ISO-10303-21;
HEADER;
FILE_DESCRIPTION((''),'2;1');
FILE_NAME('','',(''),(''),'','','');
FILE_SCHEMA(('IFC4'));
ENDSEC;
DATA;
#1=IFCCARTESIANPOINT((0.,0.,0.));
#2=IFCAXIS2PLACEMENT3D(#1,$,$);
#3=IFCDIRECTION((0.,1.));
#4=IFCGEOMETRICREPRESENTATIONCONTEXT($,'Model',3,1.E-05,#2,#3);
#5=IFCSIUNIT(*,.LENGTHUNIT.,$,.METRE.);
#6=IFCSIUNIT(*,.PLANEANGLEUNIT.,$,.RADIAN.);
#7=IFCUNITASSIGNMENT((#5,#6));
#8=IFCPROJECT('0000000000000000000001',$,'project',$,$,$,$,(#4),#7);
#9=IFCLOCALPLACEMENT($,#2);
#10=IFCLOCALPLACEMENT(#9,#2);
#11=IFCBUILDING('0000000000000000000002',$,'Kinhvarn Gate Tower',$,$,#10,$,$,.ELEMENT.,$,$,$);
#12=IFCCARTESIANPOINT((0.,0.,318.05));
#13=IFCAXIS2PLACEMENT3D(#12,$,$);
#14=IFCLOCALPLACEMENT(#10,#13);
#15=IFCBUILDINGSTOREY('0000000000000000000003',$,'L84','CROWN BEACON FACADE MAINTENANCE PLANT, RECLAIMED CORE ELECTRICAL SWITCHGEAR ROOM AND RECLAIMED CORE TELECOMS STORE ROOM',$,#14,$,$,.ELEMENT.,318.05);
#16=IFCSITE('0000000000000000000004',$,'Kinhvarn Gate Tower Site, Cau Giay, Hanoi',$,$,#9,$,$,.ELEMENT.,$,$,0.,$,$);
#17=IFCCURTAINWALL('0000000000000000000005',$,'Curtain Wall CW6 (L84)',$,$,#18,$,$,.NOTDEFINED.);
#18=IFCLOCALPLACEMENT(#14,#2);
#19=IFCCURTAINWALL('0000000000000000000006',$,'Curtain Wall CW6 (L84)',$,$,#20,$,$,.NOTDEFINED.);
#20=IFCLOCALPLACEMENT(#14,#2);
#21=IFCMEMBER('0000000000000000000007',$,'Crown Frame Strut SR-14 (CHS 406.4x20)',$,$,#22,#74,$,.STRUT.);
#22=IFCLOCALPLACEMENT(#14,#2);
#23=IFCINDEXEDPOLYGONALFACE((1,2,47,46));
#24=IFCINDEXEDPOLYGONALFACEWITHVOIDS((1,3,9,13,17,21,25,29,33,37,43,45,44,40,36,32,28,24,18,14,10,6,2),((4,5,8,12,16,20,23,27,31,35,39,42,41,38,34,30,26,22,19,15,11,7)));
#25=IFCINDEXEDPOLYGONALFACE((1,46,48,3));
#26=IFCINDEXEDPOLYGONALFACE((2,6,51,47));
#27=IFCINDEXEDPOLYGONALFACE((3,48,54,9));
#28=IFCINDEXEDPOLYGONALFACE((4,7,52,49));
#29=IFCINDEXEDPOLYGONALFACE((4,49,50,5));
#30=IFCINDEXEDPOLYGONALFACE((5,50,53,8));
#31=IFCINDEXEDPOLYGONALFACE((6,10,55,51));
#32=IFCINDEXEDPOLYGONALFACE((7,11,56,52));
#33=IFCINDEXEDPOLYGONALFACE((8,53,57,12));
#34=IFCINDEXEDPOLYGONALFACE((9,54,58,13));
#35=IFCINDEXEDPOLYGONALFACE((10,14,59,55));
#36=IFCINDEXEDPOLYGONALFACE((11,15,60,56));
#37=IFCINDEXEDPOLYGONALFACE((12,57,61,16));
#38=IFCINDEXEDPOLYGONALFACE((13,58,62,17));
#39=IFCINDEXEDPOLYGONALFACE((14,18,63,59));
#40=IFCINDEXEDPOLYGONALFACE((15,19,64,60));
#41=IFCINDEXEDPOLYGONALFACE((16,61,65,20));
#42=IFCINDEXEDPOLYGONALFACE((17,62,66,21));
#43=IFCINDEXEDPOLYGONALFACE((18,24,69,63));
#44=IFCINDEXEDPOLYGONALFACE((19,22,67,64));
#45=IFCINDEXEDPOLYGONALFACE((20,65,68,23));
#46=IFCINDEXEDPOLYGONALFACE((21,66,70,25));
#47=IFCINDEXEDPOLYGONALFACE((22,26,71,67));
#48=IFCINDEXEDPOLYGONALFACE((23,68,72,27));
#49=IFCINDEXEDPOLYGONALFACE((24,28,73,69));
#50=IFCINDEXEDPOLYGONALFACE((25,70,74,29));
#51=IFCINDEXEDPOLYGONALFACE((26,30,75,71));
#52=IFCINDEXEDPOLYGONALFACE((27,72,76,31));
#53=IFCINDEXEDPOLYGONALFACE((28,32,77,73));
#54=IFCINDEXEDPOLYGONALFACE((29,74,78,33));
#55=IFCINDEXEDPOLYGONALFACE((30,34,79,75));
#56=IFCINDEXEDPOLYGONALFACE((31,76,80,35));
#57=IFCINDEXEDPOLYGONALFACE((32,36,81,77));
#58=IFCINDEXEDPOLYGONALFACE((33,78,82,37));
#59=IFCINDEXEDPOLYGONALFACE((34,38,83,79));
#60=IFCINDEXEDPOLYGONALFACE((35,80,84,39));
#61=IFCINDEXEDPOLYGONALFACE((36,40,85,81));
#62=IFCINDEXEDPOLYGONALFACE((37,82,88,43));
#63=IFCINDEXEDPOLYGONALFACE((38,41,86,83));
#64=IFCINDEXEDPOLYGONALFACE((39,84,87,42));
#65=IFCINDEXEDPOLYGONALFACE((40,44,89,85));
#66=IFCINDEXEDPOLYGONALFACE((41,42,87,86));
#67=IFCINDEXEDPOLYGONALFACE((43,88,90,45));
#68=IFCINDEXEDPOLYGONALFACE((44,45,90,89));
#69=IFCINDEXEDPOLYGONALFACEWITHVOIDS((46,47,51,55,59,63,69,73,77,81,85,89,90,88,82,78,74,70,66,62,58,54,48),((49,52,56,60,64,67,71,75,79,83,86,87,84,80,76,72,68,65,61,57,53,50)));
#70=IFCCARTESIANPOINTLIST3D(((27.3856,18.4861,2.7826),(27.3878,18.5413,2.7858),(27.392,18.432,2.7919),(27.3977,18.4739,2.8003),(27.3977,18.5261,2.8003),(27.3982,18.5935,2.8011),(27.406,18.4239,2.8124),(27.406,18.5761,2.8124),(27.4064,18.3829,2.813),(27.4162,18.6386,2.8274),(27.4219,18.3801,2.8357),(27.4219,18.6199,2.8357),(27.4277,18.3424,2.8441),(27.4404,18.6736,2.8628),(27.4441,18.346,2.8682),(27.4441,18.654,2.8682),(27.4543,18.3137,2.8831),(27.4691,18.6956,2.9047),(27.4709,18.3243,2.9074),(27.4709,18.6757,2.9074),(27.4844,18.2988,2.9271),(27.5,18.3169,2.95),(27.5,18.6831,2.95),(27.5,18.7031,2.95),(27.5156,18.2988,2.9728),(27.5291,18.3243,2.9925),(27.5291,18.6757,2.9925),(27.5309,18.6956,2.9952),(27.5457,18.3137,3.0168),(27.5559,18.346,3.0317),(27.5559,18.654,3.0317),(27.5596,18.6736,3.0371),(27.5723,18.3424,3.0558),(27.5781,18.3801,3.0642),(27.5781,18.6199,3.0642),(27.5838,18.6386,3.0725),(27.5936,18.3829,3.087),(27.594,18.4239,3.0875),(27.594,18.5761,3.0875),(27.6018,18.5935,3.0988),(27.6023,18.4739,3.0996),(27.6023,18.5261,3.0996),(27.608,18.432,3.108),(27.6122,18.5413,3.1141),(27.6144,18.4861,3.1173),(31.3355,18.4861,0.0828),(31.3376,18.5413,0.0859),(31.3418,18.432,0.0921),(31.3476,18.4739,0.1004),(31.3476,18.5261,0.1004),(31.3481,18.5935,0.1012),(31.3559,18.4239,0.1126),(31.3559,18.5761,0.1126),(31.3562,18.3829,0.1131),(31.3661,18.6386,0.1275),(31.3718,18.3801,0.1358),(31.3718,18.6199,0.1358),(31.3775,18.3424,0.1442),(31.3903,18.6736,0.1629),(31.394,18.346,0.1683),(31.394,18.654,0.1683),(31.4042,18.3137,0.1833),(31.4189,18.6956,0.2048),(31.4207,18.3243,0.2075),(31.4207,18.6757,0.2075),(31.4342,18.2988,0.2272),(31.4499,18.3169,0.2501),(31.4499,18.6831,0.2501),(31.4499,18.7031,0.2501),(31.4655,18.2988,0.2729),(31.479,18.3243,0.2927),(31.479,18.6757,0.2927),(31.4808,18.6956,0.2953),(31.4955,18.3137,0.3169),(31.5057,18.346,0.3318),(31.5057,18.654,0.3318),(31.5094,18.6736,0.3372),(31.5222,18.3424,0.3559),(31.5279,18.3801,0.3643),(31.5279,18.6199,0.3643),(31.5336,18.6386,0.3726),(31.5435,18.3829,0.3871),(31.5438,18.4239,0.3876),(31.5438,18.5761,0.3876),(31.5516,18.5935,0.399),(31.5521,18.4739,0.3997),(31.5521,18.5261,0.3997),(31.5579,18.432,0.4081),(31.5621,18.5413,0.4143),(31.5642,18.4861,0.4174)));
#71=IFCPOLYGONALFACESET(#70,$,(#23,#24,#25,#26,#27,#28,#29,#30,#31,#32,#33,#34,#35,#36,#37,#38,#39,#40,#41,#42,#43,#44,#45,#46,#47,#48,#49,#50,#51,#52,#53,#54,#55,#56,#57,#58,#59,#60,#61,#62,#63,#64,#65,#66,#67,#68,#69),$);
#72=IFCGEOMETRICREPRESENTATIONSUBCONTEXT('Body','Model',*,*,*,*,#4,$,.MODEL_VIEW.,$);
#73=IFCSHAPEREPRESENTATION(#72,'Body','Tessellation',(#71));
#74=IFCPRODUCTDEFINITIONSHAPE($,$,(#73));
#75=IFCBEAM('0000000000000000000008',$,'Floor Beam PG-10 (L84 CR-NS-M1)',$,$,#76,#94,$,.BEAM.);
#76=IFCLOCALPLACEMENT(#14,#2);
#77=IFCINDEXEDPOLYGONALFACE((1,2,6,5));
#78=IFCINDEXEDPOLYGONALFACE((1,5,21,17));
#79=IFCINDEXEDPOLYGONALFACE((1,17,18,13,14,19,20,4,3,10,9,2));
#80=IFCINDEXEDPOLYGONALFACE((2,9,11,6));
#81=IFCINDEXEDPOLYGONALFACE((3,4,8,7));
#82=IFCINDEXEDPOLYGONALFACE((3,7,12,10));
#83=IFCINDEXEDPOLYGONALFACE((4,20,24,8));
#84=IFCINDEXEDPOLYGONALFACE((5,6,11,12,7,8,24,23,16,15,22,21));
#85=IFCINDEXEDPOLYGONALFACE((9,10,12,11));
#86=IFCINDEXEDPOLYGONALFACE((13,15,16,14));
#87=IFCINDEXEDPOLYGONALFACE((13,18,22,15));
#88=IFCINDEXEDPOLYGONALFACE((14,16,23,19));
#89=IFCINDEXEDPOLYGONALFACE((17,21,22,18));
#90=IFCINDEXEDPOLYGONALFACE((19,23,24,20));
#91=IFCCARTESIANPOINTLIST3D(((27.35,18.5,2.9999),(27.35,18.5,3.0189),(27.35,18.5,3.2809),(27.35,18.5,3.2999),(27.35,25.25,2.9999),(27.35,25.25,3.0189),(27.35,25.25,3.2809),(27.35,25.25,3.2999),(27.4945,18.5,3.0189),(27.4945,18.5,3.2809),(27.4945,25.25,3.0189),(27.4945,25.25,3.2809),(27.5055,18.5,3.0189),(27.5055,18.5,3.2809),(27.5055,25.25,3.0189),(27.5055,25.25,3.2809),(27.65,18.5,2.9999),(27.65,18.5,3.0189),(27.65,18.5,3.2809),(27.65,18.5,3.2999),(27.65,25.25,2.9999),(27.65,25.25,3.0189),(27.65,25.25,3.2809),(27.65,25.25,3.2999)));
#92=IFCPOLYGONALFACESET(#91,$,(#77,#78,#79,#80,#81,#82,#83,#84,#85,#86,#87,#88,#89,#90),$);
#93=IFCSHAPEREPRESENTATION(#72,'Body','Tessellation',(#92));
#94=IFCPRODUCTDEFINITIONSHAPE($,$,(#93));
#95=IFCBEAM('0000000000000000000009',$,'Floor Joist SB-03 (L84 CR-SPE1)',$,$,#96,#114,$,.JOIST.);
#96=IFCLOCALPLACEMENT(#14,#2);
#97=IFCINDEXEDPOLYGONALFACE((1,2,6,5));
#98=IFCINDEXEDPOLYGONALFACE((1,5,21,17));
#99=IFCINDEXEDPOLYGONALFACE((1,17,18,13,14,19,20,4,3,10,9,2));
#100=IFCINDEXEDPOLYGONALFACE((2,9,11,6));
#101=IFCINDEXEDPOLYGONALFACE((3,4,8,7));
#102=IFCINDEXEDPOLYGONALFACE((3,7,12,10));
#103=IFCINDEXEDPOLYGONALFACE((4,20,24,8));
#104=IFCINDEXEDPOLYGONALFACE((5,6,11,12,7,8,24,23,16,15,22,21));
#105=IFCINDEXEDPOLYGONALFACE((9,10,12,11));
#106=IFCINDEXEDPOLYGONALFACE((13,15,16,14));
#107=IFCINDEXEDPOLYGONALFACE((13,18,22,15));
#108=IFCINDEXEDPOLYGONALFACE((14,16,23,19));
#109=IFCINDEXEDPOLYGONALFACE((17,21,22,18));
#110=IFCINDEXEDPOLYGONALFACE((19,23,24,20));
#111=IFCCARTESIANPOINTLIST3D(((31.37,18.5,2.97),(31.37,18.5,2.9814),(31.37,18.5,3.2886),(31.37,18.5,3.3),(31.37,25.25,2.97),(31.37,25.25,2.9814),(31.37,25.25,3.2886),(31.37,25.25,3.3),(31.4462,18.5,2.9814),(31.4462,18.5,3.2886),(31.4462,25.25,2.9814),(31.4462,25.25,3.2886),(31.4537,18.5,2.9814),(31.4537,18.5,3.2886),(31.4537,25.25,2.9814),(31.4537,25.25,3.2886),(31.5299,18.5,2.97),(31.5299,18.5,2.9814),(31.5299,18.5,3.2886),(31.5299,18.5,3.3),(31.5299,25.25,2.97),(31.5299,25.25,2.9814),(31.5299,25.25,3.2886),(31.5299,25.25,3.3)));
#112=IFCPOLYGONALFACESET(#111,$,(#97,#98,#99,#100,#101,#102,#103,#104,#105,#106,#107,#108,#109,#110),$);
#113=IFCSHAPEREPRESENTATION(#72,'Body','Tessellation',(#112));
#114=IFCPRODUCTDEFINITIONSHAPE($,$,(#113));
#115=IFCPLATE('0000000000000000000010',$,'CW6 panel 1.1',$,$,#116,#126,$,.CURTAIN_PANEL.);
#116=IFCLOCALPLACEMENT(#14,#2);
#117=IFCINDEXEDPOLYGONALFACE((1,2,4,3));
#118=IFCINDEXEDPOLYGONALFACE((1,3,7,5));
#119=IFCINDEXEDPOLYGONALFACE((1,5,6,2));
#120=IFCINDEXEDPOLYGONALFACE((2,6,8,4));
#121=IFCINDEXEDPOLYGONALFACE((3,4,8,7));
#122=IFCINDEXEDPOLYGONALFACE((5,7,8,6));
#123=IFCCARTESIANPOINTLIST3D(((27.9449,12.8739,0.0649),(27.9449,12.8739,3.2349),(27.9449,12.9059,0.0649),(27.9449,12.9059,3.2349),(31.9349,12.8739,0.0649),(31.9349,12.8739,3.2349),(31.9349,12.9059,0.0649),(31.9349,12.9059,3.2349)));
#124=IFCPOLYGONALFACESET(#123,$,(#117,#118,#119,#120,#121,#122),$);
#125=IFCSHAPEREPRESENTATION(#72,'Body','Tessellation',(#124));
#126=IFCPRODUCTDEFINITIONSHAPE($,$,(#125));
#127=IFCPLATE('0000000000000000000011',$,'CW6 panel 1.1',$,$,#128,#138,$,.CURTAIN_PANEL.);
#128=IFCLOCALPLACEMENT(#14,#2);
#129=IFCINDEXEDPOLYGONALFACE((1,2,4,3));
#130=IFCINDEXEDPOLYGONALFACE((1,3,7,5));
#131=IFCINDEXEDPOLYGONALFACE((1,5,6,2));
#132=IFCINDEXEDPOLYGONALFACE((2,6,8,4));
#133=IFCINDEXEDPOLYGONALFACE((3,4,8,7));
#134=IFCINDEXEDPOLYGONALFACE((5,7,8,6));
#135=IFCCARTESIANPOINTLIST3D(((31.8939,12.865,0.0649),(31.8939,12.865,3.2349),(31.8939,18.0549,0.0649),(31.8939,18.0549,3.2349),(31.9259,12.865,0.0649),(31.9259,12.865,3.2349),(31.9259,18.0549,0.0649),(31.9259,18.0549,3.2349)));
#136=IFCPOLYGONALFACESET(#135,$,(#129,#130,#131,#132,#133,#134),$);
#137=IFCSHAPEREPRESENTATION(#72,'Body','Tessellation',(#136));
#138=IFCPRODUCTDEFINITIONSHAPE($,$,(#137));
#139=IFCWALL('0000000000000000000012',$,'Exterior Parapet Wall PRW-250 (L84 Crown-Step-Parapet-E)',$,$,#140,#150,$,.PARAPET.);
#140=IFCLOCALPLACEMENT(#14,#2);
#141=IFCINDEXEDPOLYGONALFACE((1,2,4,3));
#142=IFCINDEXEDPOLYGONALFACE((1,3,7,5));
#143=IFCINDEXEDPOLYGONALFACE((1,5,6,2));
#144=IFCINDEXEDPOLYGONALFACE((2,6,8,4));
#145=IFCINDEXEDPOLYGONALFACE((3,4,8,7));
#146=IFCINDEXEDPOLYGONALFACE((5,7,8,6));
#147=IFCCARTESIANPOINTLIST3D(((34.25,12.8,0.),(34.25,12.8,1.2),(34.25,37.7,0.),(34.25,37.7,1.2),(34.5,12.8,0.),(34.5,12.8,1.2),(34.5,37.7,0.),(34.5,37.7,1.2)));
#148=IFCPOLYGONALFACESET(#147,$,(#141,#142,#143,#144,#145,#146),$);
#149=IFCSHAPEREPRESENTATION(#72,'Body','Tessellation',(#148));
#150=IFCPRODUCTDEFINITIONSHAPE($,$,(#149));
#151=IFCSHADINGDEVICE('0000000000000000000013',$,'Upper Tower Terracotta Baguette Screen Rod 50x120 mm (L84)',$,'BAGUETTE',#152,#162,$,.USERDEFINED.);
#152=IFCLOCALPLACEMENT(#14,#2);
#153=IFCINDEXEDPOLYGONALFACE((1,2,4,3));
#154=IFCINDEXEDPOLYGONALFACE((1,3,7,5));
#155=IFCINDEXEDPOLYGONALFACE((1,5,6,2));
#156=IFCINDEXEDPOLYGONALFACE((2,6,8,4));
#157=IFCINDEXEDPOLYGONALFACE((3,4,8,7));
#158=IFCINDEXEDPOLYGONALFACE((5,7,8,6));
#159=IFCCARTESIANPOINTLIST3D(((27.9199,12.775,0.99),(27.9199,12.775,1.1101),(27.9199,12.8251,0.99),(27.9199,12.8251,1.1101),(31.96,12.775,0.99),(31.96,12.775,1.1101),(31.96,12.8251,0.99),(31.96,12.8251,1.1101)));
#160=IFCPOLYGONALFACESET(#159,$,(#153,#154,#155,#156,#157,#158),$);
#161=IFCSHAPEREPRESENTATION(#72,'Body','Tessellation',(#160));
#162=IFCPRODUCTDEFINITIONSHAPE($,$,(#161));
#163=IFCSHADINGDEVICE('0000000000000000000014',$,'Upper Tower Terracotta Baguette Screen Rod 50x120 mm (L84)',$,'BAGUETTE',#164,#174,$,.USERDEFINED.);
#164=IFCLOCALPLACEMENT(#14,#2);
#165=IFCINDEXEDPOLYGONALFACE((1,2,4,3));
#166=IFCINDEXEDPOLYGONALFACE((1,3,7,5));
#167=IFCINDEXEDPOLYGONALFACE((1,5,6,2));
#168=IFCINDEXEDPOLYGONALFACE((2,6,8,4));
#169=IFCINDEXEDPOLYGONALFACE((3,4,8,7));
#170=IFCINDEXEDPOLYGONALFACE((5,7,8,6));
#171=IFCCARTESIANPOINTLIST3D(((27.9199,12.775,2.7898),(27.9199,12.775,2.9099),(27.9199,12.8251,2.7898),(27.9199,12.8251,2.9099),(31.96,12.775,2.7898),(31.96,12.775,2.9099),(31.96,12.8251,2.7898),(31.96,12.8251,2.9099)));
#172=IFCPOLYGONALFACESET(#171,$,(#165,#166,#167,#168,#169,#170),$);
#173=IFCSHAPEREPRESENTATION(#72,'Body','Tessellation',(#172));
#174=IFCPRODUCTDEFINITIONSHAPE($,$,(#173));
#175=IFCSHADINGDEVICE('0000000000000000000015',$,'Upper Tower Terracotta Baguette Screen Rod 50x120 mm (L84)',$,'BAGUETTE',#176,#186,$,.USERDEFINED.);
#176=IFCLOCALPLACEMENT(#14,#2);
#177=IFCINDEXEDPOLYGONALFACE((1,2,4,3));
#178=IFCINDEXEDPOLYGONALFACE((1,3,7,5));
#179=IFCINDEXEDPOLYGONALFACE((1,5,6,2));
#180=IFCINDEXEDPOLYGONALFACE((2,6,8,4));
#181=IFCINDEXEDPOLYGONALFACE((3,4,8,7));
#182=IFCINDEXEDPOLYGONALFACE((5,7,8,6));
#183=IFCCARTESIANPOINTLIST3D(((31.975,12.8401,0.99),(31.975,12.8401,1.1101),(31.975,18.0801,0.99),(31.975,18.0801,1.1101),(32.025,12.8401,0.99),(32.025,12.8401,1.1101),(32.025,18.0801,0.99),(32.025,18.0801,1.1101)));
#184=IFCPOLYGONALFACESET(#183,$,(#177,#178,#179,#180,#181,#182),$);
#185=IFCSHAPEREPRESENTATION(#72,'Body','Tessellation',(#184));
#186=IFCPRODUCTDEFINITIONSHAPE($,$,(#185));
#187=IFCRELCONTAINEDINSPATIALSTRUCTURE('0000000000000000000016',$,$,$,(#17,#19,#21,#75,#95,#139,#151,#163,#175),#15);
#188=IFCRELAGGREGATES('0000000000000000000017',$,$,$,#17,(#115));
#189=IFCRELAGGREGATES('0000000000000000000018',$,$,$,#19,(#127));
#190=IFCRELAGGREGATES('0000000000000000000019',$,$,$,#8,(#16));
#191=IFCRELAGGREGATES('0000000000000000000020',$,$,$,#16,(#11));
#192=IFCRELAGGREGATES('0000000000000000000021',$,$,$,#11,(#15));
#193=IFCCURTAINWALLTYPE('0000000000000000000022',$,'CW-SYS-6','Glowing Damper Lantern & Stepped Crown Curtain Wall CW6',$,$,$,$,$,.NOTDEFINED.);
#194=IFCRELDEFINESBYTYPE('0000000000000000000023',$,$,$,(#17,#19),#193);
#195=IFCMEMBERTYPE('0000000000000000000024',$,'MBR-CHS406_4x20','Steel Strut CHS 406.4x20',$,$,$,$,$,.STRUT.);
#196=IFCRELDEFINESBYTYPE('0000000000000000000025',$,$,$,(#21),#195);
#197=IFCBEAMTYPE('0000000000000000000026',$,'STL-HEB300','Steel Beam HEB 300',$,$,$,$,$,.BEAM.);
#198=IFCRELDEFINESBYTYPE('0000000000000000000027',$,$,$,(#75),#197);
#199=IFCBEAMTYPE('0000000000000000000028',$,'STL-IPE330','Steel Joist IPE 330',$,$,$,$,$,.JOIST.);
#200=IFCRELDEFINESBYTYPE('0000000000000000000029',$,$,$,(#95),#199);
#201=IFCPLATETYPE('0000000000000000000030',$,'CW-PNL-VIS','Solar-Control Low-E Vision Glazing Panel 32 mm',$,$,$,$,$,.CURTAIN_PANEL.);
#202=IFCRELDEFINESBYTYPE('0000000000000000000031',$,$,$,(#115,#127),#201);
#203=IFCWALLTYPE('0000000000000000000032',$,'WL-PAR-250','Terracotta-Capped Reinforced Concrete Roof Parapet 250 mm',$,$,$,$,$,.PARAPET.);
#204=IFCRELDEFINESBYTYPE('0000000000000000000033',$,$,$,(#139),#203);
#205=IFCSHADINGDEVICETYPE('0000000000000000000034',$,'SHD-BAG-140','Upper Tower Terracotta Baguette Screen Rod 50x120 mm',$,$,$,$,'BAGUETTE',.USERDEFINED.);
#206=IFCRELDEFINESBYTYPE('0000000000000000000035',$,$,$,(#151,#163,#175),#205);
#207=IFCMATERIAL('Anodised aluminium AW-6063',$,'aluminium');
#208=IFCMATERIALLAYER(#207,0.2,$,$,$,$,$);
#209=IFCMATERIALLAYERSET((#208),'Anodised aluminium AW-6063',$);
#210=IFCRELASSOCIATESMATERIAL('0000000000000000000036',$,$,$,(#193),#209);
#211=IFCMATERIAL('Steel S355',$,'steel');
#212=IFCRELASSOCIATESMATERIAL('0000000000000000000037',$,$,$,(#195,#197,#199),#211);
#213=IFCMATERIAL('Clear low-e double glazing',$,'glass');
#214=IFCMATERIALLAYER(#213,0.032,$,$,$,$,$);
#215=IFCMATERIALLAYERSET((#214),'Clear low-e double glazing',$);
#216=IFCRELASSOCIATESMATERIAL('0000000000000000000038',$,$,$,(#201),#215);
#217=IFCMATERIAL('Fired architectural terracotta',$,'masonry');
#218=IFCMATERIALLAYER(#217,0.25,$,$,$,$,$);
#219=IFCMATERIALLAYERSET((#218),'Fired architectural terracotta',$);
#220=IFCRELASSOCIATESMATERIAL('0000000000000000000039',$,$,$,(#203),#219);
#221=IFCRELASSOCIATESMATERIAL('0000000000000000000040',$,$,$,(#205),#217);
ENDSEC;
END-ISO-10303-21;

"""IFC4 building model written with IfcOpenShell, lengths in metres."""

from ifc_helpers import new_model, si_unit, direction, frame, frame_2d, origin, origin_2d, place, context, subcontext, project, spatial, rectangle, hollow_circle, i_section, extrude, material, layer, layer_set, material_profile, profile_set, type_object, element, aggregate, save


model = new_model("IFC4")

# Units and contexts
model_context = context("Model", 3, precision=1e-05, world=origin(), true_north=direction((0.0, 1.0)))
body_context = subcontext(model_context, "Body", "Model", "MODEL_VIEW")
ifc_project = project(units=[si_unit("LENGTHUNIT", "METRE"), si_unit("PLANEANGLEUNIT", "RADIAN")], contexts=[model_context])

# Site, building, storey
site_placement = place(None, origin())
site = spatial("IfcSite", under=ifc_project, at=site_placement, Name="Kinhvarn Gate Tower Site, Cau Giay, Hanoi", CompositionType="ELEMENT", RefElevation=0.0)
building_placement = place(site_placement, origin())
building = spatial("IfcBuilding", under=site, at=building_placement, Name="Kinhvarn Gate Tower", CompositionType="ELEMENT")
storey_placement = place(building_placement, frame((0.0, 0.0, 318.05)))
storey = spatial("IfcBuildingStorey", under=building, at=storey_placement, Name="L84", Description="CROWN BEACON FACADE MAINTENANCE PLANT, RECLAIMED CORE ELECTRICAL SWITCHGEAR ROOM AND RECLAIMED CORE TELECOMS STORE ROOM", CompositionType="ELEMENT", Elevation=318.05)

# Curtain walls
ifc_material_1 = material(Name="Anodised aluminium AW-6063", Category="aluminium")
ifc_layer_1 = layer(ifc_material_1, 0.2)
ifc_layer_set_1 = layer_set([ifc_layer_1], Name="Anodised aluminium AW-6063")
curtain_wall_type = type_object("IfcCurtainWallType", Name="CW-SYS-6", Description="Glowing Damper Lantern & Stepped Crown Curtain Wall CW6", PredefinedType="NOTDEFINED", material=ifc_layer_set_1)
curtain_wall_1_placement = place(storey_placement, origin())
curtain_wall_1 = element("IfcCurtainWall", 1, at=curtain_wall_1_placement, inside=storey, type_object=curtain_wall_type, Name="Curtain Wall CW6 (L84)", PredefinedType="NOTDEFINED")
curtain_wall_2_placement = place(storey_placement, origin())
curtain_wall_2 = element("IfcCurtainWall", 2, at=curtain_wall_2_placement, inside=storey, type_object=curtain_wall_type, Name="Curtain Wall CW6 (L84)", PredefinedType="NOTDEFINED")

# Member
ifc_material_2 = material(Name="Steel S355", Category="steel")
ifc_material_profile_1 = material_profile(ifc_material_2, hollow_circle(Radius=0.2031, WallThickness=0.02, at=origin_2d()), Name="CHS 406.4x20")
ifc_profile_set_1 = profile_set([ifc_material_profile_1], Name="Steel S355")
member_type_1 = type_object("IfcMemberType", Name="MBR-CHS406_4x20", Description="Steel Strut CHS 406.4x20", PredefinedType="STRUT", material=ifc_profile_set_1)
member_1_placement = place(storey_placement, frame((27.5, 18.5, 2.95), z_axis=(0.825565, 0.0, -0.564307), x_axis=(0.0, 1.0, 0.0)))
element("IfcMember", 3, at=member_1_placement, inside=storey, type_object=member_type_1, Name="Crown Frame Strut SR-14 (CHS 406.4x20)", PredefinedType="STRUT", context=body_context, shape_type="SweptSolid", body=[
    extrude(hollow_circle(Radius=0.2031, WallThickness=0.02, at=origin_2d()), origin(), (0.0, 0.0, 1.0), 4.7844),
])

# Beams
ifc_material_profile_2 = material_profile(ifc_material_2, i_section(OverallWidth=0.3, OverallDepth=0.3, WebThickness=0.011, FlangeThickness=0.019, at=origin_2d()), Name="HEB 300")
ifc_profile_set_2 = profile_set([ifc_material_profile_2], Name="Steel S355")
beam_type_1 = type_object("IfcBeamType", Name="STL-HEB300", Description="Steel Beam HEB 300", PredefinedType="BEAM", material=ifc_profile_set_2)
beam_1_placement = place(storey_placement, frame((27.5, 18.5, 3.1499), z_axis=(0.0, 1.0, 0.0), x_axis=(-1.0, 0.0, 0.0)))
element("IfcBeam", 4, at=beam_1_placement, inside=storey, type_object=beam_type_1, Name="Floor Beam PG-10 (L84 CR-NS-M1)", PredefinedType="BEAM", context=body_context, shape_type="SweptSolid", body=[
    extrude(i_section(OverallWidth=0.3, OverallDepth=0.3, WebThickness=0.011, FlangeThickness=0.019, at=origin_2d()), origin(), (0.0, 0.0, 1.0), 6.75),
])
ifc_material_profile_3 = material_profile(ifc_material_2, i_section(OverallWidth=0.1599, OverallDepth=0.3301, WebThickness=0.0076, FlangeThickness=0.0115, at=origin_2d()), Name="IPE 330")
ifc_profile_set_3 = profile_set([ifc_material_profile_3], Name="Steel S355")
beam_type_2 = type_object("IfcBeamType", Name="STL-IPE330", Description="Steel Joist IPE 330", PredefinedType="JOIST", material=ifc_profile_set_3)
beam_2_placement = place(storey_placement, frame((31.45, 18.5, 3.135), z_axis=(0.0, 1.0, 0.0), x_axis=(-1.0, 0.0, 0.0)))
element("IfcBeam", 5, at=beam_2_placement, inside=storey, type_object=beam_type_2, Name="Floor Joist SB-03 (L84 CR-SPE1)", PredefinedType="JOIST", context=body_context, shape_type="SweptSolid", body=[
    extrude(i_section(OverallWidth=0.1599, OverallDepth=0.3301, WebThickness=0.0076, FlangeThickness=0.0115, at=origin_2d()), origin(), (0.0, 0.0, 1.0), 6.75),
])

# Plates
ifc_material_3 = material(Name="Clear low-e double glazing", Category="glass")
ifc_layer_2 = layer(ifc_material_3, 0.032)
ifc_layer_set_2 = layer_set([ifc_layer_2], Name="Clear low-e double glazing")
plate_type = type_object("IfcPlateType", Name="CW-PNL-VIS", Description="Solar-Control Low-E Vision Glazing Panel 32 mm", PredefinedType="CURTAIN_PANEL", material=ifc_layer_set_2)
plate_1_placement = place(storey_placement, frame((29.9399, 12.8899, 0.0649), z_axis=(0.0, 0.0, 1.0), x_axis=(1.0, 0.0, 0.0)))
plate_1 = element("IfcPlate", 6, at=plate_1_placement, type_object=plate_type, Name="CW6 panel 1.1", PredefinedType="CURTAIN_PANEL", context=body_context, shape_type="SweptSolid", body=[
    extrude(rectangle(XDim=3.99, YDim=0.032, at=origin_2d()), origin(), (0.0, 0.0, 1.0), 3.1699),
])
aggregate(curtain_wall_1, [plate_1])
plate_2_placement = place(storey_placement, frame((31.9099, 15.46, 0.0649), z_axis=(0.0, 0.0, 1.0), x_axis=(0.0, 1.0, 0.0)))
plate_2 = element("IfcPlate", 7, at=plate_2_placement, type_object=plate_type, Name="CW6 panel 1.1", PredefinedType="CURTAIN_PANEL", context=body_context, shape_type="SweptSolid", body=[
    extrude(rectangle(XDim=5.1899, YDim=0.032, at=origin_2d()), origin(), (0.0, 0.0, 1.0), 3.1699),
])
aggregate(curtain_wall_2, [plate_2])

# Wall
ifc_material_4 = material(Name="Fired architectural terracotta", Category="masonry")
ifc_layer_3 = layer(ifc_material_4, 0.25)
ifc_layer_set_3 = layer_set([ifc_layer_3], Name="Fired architectural terracotta")
wall_type = type_object("IfcWallType", Name="WL-PAR-250", Description="Terracotta-Capped Reinforced Concrete Roof Parapet 250 mm", PredefinedType="PARAPET", material=ifc_layer_set_3)
wall_placement = place(storey_placement, frame((34.375, 12.8, 0.0), z_axis=(0.0, 0.0, 1.0), x_axis=(0.0, 1.0, 0.0)))
element("IfcWall", 8, at=wall_placement, inside=storey, type_object=wall_type, Name="Exterior Parapet Wall PRW-250 (L84 Crown-Step-Parapet-E)", PredefinedType="PARAPET", context=body_context, shape_type="SweptSolid", body=[
    extrude(rectangle(XDim=24.8999, YDim=0.25, at=frame_2d((12.45, 0.0))), origin(), (0.0, 0.0, 1.0), 1.2),
])

# Shading devices
ifc_material_profile_4 = material_profile(ifc_material_4, rectangle(XDim=0.05, YDim=0.1201, at=origin_2d()), Name="TC 50x120")
ifc_profile_set_4 = profile_set([ifc_material_profile_4], Name="Fired architectural terracotta")
shading_device_type = type_object("IfcShadingDeviceType", Name="SHD-BAG-140", Description="Upper Tower Terracotta Baguette Screen Rod 50x120 mm", ElementType="BAGUETTE", PredefinedType="USERDEFINED", material=ifc_profile_set_4)
for number, where, z_axis, x_axis, name in (
    (9, (27.9199, 12.8, 1.05), (1.0, 0.0, 0.0), (0.0, 1.0, 0.0), "Upper Tower Terracotta Baguette Screen Rod 50x120 mm (L84)"),
    (10, (27.9199, 12.8, 2.8499), (1.0, 0.0, 0.0), (0.0, 1.0, 0.0), "Upper Tower Terracotta Baguette Screen Rod 50x120 mm (L84)"),
):
    element("IfcShadingDevice", number, at=place(storey_placement, frame(where, z_axis=z_axis, x_axis=x_axis)), inside=storey, type_object=shading_device_type, Name=name, ObjectType="BAGUETTE", PredefinedType="USERDEFINED", context=body_context, shape_type="SweptSolid", body=[
        extrude(rectangle(XDim=0.05, YDim=0.1201, at=origin_2d()), origin(), (0.0, 0.0, 1.0), 4.04),
    ])
for number, where, z_axis, x_axis, name in (
    (11, (32.0, 12.8401, 1.05), (0.0, 1.0, 0.0), (-1.0, 0.0, 0.0), "Upper Tower Terracotta Baguette Screen Rod 50x120 mm (L84)"),
):
    element("IfcShadingDevice", number, at=place(storey_placement, frame(where, z_axis=z_axis, x_axis=x_axis)), inside=storey, type_object=shading_device_type, Name=name, ObjectType="BAGUETTE", PredefinedType="USERDEFINED", context=body_context, shape_type="SweptSolid", body=[
        extrude(rectangle(XDim=0.05, YDim=0.1201, at=origin_2d()), origin(), (0.0, 0.0, 1.0), 5.24),
    ])

save(model, "model.ifc")
